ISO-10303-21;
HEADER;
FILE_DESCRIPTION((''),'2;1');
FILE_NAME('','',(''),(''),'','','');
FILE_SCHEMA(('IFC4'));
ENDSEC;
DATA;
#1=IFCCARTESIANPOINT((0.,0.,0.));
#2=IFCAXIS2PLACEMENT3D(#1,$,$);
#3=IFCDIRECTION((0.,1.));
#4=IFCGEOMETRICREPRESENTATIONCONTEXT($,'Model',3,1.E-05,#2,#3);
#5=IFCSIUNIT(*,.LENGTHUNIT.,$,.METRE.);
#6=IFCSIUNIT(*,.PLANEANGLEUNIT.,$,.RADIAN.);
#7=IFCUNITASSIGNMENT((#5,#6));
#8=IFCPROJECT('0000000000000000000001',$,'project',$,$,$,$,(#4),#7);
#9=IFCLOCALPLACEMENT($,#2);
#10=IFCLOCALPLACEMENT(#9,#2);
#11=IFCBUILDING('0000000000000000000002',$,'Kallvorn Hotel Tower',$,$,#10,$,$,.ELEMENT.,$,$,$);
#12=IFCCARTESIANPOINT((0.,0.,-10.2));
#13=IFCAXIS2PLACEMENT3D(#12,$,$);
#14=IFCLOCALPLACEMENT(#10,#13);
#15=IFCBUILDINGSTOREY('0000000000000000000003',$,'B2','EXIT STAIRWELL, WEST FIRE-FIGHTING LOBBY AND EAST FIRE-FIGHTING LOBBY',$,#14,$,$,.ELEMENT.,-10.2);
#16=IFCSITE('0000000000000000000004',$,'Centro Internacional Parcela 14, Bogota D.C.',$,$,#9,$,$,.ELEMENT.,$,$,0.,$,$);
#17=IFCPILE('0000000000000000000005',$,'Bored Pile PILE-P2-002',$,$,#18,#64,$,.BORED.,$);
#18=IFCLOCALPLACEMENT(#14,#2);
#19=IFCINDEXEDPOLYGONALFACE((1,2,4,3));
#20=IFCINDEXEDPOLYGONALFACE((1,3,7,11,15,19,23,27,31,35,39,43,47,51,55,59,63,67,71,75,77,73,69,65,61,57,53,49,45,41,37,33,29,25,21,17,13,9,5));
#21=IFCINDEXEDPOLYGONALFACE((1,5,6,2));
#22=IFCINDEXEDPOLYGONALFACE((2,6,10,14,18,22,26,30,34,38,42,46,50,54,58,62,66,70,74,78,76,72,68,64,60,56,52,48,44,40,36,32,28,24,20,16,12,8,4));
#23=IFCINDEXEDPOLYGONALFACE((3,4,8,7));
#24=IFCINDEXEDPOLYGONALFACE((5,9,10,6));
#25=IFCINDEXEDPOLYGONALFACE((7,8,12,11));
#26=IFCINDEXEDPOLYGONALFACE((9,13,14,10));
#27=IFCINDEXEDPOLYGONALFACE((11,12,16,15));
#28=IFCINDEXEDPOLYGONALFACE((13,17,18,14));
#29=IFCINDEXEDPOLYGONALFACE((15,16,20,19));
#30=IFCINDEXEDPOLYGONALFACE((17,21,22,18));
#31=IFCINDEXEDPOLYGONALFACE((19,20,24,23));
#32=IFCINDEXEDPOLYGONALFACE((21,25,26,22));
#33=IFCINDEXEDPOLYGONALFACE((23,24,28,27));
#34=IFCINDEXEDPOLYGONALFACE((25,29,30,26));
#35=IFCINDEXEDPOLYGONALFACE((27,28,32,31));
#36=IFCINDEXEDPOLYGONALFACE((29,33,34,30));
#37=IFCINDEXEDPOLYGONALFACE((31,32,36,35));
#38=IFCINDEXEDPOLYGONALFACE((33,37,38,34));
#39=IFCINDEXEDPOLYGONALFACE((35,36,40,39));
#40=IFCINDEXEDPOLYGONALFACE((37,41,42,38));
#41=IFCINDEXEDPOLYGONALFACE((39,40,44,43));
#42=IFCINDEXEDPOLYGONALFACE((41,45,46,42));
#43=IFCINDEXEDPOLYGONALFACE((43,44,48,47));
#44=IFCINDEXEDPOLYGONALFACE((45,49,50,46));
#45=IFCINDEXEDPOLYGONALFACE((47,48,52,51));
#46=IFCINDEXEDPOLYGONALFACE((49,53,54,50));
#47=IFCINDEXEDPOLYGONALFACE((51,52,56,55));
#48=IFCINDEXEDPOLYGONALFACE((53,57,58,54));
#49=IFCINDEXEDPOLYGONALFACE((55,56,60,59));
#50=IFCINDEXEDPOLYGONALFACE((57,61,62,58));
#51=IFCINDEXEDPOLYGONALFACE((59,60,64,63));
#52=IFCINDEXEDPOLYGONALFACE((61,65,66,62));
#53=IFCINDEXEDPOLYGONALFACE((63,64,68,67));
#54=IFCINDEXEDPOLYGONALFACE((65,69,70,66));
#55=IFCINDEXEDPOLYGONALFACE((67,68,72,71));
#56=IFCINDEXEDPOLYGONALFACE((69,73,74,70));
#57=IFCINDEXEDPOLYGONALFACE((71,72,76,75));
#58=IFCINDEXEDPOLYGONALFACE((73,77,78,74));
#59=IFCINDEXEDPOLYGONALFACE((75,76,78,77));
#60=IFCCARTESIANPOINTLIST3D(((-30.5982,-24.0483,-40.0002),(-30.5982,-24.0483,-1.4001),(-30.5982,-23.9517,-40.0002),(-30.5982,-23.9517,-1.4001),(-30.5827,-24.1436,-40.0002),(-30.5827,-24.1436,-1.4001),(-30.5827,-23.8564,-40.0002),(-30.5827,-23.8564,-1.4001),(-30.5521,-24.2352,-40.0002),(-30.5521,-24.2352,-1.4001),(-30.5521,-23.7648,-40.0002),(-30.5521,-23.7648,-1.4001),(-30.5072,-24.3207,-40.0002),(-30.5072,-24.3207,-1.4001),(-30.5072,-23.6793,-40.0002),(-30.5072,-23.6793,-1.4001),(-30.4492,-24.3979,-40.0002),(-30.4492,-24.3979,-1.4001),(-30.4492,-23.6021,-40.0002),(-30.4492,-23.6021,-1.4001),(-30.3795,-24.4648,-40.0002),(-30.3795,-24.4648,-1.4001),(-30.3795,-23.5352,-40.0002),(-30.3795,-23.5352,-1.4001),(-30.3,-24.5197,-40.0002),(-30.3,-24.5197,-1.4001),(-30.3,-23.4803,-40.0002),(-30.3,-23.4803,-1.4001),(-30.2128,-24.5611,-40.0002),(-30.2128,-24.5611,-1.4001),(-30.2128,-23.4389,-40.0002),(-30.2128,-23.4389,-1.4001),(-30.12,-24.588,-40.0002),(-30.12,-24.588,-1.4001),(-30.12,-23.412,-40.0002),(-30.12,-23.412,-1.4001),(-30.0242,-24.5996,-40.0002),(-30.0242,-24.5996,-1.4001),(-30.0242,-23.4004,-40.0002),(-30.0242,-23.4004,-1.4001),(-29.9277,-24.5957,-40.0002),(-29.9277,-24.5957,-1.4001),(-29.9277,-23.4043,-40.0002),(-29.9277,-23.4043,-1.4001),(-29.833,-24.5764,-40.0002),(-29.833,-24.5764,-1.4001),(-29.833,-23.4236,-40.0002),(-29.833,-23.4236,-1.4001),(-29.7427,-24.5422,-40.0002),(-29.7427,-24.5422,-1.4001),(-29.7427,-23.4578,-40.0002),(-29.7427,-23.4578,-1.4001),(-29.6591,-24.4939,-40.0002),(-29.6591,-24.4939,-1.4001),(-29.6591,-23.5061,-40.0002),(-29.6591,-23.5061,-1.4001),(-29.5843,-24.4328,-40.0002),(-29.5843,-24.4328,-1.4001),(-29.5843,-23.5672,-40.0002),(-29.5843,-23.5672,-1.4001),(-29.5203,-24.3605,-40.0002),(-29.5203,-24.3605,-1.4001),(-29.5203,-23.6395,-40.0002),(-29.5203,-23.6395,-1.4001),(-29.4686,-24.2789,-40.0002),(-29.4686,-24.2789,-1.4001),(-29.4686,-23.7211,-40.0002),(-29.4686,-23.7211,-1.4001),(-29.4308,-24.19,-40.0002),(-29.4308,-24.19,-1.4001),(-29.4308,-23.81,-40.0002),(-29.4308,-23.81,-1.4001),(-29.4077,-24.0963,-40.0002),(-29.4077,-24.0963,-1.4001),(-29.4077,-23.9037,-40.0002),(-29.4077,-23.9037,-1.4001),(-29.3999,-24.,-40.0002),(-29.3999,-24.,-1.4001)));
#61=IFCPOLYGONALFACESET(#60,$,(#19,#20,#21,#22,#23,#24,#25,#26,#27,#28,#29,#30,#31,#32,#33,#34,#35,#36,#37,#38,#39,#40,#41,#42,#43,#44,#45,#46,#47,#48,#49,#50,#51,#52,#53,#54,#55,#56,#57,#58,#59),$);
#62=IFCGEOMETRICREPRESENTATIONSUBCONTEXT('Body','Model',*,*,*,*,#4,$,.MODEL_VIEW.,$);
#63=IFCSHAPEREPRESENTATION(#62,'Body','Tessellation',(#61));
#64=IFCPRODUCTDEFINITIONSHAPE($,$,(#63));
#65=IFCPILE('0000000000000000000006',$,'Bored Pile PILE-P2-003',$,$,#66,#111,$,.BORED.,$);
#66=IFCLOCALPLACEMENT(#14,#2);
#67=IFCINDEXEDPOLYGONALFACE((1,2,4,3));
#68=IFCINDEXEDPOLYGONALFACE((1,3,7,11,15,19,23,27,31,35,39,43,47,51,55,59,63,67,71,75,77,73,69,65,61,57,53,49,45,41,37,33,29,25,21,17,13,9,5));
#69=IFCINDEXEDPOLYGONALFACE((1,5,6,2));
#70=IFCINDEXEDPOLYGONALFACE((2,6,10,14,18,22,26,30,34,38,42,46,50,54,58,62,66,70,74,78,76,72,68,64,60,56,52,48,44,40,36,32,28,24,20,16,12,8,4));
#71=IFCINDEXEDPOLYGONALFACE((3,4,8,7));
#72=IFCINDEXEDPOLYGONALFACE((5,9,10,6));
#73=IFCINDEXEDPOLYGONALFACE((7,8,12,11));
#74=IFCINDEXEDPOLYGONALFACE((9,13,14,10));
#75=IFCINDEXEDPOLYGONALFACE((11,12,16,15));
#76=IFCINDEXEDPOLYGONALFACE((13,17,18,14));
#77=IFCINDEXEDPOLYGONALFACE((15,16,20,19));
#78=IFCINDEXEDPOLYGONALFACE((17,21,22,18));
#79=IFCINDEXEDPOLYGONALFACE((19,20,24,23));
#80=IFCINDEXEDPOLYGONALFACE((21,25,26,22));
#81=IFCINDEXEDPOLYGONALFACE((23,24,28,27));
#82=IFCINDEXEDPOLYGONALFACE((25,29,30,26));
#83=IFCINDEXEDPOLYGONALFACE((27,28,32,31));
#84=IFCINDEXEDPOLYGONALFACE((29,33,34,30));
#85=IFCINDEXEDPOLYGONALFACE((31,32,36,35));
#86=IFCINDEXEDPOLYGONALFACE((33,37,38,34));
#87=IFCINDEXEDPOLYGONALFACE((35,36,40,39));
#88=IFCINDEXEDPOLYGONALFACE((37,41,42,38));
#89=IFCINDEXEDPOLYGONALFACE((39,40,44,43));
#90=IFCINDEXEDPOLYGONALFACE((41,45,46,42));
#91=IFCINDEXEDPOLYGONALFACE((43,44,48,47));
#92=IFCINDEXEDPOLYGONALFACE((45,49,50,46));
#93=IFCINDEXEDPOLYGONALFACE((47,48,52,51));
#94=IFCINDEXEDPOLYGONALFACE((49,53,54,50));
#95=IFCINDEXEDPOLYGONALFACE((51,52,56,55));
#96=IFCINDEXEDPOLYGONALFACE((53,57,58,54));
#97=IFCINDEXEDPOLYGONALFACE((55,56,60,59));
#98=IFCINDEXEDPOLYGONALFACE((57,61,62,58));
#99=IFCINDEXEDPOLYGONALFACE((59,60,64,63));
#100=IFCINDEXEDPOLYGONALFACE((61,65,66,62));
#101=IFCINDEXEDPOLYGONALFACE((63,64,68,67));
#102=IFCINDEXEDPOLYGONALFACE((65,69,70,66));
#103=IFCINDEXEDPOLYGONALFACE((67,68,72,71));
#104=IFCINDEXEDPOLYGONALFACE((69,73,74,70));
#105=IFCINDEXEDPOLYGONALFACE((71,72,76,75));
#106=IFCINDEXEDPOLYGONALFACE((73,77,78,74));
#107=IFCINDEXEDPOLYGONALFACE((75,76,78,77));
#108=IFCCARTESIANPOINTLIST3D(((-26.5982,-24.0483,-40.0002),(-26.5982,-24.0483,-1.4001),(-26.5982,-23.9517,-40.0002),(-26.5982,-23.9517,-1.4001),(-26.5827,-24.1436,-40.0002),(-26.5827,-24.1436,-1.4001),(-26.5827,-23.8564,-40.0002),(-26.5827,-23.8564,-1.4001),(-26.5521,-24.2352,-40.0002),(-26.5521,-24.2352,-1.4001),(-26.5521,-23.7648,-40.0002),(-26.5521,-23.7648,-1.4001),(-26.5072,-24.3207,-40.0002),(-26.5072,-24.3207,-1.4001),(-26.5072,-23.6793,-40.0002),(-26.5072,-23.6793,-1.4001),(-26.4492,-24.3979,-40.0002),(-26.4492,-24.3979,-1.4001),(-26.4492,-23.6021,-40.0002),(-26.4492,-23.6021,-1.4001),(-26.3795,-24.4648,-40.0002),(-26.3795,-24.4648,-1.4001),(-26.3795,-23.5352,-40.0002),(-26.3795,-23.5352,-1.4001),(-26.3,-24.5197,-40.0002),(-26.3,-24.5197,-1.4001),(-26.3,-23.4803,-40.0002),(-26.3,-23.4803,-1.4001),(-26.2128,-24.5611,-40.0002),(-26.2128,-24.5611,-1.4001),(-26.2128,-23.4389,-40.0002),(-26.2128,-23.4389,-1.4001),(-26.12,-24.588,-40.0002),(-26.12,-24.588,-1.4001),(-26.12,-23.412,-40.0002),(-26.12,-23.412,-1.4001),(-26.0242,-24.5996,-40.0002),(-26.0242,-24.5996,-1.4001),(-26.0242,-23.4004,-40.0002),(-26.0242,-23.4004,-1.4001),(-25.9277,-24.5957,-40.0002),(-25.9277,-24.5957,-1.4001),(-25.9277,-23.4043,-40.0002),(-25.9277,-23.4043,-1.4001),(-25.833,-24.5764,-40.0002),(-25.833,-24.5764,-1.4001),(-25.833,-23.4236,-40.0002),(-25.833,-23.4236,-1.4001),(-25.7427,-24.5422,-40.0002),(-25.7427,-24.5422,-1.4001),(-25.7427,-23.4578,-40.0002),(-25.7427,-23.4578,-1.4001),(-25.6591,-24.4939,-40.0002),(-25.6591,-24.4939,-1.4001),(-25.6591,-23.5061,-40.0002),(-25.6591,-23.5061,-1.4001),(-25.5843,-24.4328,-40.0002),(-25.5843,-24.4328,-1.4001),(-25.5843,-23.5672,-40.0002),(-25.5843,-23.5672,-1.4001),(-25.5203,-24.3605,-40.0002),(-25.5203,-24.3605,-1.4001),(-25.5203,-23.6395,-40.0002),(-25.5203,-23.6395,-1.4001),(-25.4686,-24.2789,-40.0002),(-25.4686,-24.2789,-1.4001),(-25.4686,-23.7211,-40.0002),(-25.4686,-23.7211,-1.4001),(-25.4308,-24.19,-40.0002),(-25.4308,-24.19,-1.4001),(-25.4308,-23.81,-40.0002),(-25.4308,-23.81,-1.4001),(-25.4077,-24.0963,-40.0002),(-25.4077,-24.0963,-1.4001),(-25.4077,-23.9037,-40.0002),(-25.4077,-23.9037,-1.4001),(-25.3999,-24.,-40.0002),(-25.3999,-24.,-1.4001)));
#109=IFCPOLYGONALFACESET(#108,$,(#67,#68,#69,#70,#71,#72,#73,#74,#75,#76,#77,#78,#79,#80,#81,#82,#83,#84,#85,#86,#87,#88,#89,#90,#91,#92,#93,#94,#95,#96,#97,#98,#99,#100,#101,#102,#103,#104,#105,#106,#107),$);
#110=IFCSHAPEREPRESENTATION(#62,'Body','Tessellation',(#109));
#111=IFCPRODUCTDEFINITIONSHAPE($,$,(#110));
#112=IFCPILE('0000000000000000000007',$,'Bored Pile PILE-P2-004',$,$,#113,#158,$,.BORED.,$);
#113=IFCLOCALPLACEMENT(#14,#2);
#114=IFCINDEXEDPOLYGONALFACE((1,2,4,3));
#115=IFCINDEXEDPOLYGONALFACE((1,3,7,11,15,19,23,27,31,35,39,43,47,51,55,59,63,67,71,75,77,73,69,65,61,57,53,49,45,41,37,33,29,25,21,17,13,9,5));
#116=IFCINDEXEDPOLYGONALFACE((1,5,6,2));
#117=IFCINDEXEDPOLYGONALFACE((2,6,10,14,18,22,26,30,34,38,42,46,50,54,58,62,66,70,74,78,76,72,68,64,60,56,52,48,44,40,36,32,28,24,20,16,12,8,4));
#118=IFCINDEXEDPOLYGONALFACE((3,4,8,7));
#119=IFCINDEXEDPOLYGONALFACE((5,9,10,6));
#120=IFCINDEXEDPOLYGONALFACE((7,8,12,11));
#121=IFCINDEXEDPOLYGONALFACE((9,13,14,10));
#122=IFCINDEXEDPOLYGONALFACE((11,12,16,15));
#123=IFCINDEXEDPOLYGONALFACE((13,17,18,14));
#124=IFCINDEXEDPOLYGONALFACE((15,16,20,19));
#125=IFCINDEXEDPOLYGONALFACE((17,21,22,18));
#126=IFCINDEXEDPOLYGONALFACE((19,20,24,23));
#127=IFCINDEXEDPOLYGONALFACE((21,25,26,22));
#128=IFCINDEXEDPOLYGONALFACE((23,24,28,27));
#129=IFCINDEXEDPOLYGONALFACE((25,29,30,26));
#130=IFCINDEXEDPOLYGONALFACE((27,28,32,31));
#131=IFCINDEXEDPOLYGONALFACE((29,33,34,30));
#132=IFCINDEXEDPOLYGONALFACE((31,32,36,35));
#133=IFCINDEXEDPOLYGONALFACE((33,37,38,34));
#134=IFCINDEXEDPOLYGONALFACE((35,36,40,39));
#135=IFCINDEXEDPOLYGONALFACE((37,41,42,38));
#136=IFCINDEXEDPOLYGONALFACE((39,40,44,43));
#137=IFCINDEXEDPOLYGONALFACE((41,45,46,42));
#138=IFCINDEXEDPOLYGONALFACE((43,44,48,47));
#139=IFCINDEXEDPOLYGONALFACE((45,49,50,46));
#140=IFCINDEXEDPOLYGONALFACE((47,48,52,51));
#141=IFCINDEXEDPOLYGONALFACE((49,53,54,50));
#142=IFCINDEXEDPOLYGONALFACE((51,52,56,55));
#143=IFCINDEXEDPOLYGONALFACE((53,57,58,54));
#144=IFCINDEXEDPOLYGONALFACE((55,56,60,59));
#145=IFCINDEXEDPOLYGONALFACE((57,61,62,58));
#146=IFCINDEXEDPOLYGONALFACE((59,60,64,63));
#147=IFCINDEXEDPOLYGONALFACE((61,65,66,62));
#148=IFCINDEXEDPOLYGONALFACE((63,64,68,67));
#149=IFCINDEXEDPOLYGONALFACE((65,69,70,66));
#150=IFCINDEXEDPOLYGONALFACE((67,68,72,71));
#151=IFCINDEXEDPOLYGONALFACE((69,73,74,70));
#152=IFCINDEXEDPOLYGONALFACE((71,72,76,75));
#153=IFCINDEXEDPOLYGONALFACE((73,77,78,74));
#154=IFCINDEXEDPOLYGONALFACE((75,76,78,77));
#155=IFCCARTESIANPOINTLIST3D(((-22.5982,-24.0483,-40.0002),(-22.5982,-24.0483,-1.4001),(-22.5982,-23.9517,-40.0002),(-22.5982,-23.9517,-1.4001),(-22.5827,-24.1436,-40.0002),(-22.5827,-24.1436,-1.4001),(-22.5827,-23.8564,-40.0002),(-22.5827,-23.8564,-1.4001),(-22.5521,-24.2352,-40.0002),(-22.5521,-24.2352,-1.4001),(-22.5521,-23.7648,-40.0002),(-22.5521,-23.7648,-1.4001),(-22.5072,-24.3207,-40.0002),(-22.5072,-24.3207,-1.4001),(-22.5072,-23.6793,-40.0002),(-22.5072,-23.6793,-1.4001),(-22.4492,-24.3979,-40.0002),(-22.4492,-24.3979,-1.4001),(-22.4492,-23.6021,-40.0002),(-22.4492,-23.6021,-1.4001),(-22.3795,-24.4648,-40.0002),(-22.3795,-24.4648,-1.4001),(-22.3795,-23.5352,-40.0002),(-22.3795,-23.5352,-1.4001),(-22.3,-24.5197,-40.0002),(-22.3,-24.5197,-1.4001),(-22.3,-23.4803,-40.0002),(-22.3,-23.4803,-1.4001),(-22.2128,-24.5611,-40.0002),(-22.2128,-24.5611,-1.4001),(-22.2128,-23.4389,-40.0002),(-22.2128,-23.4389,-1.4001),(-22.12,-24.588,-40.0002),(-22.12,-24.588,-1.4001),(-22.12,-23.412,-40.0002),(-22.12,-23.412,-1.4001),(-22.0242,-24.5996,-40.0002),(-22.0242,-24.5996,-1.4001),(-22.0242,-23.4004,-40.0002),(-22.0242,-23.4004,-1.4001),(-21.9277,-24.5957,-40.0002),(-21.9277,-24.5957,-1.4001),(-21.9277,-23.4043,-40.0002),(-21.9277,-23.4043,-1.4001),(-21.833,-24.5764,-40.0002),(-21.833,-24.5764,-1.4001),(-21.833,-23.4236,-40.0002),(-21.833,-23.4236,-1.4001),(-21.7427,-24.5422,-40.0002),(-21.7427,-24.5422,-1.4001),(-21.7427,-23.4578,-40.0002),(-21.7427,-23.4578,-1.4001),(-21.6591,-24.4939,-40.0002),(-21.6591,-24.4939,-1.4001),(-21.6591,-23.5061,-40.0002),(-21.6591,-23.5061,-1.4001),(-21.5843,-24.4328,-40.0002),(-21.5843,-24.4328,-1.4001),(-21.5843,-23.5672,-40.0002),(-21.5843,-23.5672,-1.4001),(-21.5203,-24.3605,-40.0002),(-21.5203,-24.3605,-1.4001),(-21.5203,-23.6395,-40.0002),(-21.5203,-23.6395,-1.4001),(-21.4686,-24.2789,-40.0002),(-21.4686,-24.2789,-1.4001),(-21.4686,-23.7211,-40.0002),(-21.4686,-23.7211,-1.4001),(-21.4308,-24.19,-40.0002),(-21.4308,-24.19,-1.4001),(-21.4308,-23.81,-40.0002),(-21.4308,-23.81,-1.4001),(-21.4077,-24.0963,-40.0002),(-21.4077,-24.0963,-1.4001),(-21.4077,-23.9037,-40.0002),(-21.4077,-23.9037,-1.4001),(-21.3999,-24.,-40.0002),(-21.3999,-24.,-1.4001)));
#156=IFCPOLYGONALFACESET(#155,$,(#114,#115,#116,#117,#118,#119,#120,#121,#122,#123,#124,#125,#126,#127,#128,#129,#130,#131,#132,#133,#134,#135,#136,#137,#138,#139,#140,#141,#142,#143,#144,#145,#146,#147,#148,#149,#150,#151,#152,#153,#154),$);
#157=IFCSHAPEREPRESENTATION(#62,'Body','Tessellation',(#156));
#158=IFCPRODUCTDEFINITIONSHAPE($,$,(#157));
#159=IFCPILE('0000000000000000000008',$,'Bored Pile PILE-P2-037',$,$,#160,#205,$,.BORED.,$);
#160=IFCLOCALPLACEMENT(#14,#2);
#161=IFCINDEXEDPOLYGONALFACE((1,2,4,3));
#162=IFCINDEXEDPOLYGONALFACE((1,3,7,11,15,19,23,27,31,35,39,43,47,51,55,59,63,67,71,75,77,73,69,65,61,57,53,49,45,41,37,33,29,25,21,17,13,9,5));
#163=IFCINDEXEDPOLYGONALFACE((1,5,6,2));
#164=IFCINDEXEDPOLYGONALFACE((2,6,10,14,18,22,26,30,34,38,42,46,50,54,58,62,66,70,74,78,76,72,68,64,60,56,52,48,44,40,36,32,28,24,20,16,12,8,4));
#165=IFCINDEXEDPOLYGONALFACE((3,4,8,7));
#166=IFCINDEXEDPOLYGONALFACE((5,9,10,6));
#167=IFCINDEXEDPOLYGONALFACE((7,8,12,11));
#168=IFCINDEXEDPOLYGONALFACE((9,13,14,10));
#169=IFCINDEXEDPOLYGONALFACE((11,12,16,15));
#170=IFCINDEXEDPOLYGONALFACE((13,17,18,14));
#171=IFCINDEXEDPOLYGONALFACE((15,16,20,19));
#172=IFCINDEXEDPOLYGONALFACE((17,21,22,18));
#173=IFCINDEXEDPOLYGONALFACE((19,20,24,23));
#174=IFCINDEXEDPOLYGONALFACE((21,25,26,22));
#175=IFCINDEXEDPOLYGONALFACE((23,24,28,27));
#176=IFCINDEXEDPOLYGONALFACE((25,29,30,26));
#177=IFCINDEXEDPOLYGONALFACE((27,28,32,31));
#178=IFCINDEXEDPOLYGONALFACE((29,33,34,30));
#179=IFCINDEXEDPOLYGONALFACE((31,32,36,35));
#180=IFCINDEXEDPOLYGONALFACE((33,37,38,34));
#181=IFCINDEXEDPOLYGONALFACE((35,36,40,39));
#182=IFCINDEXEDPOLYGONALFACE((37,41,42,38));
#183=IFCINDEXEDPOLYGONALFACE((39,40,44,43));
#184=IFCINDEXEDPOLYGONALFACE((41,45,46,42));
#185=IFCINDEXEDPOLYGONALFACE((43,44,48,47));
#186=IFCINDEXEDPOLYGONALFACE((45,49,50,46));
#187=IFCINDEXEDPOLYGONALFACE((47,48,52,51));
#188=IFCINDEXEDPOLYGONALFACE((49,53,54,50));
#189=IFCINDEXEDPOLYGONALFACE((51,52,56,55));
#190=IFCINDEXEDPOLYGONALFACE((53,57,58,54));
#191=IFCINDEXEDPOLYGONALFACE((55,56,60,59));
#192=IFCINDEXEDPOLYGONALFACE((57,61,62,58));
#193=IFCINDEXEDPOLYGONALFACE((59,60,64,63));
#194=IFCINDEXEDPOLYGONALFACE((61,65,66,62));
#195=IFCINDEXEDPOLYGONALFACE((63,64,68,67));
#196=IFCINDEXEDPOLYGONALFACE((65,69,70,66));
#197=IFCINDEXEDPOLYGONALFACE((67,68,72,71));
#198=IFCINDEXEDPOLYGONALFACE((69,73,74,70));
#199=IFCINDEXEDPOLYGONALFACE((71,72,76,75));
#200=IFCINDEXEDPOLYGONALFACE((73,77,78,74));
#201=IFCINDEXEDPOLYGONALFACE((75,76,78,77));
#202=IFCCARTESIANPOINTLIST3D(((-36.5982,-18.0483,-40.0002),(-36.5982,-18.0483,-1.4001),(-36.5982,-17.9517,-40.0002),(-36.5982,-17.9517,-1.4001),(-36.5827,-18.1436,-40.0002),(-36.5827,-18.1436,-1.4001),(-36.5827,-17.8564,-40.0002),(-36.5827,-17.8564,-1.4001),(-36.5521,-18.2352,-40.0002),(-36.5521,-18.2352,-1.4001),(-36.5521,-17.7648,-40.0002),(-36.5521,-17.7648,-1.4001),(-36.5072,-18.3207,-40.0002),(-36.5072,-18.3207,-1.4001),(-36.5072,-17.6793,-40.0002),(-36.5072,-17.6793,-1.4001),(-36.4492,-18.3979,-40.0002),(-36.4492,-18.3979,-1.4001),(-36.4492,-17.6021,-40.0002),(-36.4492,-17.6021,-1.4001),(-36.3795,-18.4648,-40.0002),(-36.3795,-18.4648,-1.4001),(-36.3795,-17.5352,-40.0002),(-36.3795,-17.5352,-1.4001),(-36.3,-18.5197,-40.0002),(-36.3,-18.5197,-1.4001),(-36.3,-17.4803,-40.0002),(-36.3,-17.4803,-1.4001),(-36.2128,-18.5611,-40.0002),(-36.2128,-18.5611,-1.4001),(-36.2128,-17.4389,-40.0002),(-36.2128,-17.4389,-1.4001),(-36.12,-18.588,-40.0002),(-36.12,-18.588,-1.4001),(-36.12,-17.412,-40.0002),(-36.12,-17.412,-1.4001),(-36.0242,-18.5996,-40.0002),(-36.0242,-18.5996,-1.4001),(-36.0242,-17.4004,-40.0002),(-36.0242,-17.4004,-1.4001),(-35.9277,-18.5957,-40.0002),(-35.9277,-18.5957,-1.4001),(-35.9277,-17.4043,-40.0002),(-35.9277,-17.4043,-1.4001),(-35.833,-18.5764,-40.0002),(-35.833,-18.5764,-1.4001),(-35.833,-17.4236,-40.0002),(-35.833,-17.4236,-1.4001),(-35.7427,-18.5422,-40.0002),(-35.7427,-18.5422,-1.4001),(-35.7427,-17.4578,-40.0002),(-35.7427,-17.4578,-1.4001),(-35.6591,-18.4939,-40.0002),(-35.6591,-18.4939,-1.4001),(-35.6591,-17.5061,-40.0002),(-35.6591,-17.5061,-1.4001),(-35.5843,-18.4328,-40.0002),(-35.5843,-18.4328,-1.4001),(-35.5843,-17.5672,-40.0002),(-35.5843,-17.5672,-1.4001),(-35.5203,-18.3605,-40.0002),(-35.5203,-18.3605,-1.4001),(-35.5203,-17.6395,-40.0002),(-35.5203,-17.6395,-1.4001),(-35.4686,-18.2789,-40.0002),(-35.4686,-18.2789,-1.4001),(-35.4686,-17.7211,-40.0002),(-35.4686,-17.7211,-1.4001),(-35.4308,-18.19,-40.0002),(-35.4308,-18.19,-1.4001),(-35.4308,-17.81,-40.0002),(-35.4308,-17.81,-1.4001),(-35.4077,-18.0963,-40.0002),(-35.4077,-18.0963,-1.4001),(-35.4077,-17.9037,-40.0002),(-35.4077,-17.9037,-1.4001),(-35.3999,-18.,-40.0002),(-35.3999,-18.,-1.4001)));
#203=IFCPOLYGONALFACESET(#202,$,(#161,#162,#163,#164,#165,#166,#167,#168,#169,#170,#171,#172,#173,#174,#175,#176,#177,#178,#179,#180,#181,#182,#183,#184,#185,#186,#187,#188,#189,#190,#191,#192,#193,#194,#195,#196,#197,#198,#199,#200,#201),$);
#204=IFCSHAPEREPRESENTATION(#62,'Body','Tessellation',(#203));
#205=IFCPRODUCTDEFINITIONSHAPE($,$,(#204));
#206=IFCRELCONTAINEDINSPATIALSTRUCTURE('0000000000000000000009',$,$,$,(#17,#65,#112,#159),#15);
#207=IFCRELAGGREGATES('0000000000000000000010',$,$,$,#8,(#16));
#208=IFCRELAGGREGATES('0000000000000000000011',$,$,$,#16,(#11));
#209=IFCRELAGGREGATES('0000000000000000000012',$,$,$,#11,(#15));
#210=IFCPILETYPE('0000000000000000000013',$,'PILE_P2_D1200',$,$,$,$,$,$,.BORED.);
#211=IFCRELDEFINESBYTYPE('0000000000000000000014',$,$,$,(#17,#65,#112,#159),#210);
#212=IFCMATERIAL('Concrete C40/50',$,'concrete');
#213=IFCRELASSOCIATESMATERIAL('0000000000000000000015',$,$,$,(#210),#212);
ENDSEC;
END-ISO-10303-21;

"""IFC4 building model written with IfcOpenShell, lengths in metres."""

from ifc_helpers import new_model, si_unit, direction, frame, origin, origin_2d, place, context, subcontext, project, spatial, circle, extrude, material, material_profile, profile_set, type_object, element, save


model = new_model("IFC4")

# Units and contexts
model_context = context("Model", 3, precision=1e-05, world=origin(), true_north=direction((0.0, 1.0)))
body_context = subcontext(model_context, "Body", "Model", "MODEL_VIEW")
ifc_project = project(units=[si_unit("LENGTHUNIT", "METRE"), si_unit("PLANEANGLEUNIT", "RADIAN")], contexts=[model_context])

# Site, building, storey
site_placement = place(None, origin())
site = spatial("IfcSite", under=ifc_project, at=site_placement, Name="Centro Internacional Parcela 14, Bogota D.C.", CompositionType="ELEMENT", RefElevation=0.0)
building_placement = place(site_placement, origin())
building = spatial("IfcBuilding", under=site, at=building_placement, Name="Kallvorn Hotel Tower", CompositionType="ELEMENT")
storey_placement = place(building_placement, frame((0.0, 0.0, -10.2)))
storey = spatial("IfcBuildingStorey", under=building, at=storey_placement, Name="B2", Description="EXIT STAIRWELL, WEST FIRE-FIGHTING LOBBY AND EAST FIRE-FIGHTING LOBBY", CompositionType="ELEMENT", Elevation=-10.2)

# Piles
ifc_material_1 = material(Name="Concrete C40/50", Category="concrete")
ifc_material_profile_1 = material_profile(ifc_material_1, circle(Radius=0.6001, at=origin_2d()), Name="PILE D1200")
ifc_profile_set_1 = profile_set([ifc_material_profile_1], Name="Concrete C40/50")
pile_type_1 = type_object("IfcPileType", Name="PILE_P2_D1200", PredefinedType="BORED", material=ifc_profile_set_1)
for number, where, z_axis, x_axis, name in (
    (1, (-30.0, -24.0, -1.4001), (0.0, 0.0, -1.0), (1.0, 0.0, 0.0), "Bored Pile PILE-P2-002"),
    (2, (-26.0, -24.0, -1.4001), (0.0, 0.0, -1.0), (1.0, 0.0, 0.0), "Bored Pile PILE-P2-003"),
    (3, (-22.0, -24.0, -1.4001), (0.0, 0.0, -1.0), (1.0, 0.0, 0.0), "Bored Pile PILE-P2-004"),
    (4, (-36.0, -18.0, -1.4001), (0.0, 0.0, -1.0), (1.0, 0.0, 0.0), "Bored Pile PILE-P2-037"),
):
    element("IfcPile", number, at=place(storey_placement, frame(where, z_axis=z_axis, x_axis=x_axis)), inside=storey, type_object=pile_type_1, Name=name, PredefinedType="BORED", context=body_context, shape_type="SweptSolid", body=[
        extrude(circle(Radius=0.6001, at=origin_2d()), origin(), (0.0, 0.0, 1.0), 38.6001),
    ])

save(model, "model.ifc")
